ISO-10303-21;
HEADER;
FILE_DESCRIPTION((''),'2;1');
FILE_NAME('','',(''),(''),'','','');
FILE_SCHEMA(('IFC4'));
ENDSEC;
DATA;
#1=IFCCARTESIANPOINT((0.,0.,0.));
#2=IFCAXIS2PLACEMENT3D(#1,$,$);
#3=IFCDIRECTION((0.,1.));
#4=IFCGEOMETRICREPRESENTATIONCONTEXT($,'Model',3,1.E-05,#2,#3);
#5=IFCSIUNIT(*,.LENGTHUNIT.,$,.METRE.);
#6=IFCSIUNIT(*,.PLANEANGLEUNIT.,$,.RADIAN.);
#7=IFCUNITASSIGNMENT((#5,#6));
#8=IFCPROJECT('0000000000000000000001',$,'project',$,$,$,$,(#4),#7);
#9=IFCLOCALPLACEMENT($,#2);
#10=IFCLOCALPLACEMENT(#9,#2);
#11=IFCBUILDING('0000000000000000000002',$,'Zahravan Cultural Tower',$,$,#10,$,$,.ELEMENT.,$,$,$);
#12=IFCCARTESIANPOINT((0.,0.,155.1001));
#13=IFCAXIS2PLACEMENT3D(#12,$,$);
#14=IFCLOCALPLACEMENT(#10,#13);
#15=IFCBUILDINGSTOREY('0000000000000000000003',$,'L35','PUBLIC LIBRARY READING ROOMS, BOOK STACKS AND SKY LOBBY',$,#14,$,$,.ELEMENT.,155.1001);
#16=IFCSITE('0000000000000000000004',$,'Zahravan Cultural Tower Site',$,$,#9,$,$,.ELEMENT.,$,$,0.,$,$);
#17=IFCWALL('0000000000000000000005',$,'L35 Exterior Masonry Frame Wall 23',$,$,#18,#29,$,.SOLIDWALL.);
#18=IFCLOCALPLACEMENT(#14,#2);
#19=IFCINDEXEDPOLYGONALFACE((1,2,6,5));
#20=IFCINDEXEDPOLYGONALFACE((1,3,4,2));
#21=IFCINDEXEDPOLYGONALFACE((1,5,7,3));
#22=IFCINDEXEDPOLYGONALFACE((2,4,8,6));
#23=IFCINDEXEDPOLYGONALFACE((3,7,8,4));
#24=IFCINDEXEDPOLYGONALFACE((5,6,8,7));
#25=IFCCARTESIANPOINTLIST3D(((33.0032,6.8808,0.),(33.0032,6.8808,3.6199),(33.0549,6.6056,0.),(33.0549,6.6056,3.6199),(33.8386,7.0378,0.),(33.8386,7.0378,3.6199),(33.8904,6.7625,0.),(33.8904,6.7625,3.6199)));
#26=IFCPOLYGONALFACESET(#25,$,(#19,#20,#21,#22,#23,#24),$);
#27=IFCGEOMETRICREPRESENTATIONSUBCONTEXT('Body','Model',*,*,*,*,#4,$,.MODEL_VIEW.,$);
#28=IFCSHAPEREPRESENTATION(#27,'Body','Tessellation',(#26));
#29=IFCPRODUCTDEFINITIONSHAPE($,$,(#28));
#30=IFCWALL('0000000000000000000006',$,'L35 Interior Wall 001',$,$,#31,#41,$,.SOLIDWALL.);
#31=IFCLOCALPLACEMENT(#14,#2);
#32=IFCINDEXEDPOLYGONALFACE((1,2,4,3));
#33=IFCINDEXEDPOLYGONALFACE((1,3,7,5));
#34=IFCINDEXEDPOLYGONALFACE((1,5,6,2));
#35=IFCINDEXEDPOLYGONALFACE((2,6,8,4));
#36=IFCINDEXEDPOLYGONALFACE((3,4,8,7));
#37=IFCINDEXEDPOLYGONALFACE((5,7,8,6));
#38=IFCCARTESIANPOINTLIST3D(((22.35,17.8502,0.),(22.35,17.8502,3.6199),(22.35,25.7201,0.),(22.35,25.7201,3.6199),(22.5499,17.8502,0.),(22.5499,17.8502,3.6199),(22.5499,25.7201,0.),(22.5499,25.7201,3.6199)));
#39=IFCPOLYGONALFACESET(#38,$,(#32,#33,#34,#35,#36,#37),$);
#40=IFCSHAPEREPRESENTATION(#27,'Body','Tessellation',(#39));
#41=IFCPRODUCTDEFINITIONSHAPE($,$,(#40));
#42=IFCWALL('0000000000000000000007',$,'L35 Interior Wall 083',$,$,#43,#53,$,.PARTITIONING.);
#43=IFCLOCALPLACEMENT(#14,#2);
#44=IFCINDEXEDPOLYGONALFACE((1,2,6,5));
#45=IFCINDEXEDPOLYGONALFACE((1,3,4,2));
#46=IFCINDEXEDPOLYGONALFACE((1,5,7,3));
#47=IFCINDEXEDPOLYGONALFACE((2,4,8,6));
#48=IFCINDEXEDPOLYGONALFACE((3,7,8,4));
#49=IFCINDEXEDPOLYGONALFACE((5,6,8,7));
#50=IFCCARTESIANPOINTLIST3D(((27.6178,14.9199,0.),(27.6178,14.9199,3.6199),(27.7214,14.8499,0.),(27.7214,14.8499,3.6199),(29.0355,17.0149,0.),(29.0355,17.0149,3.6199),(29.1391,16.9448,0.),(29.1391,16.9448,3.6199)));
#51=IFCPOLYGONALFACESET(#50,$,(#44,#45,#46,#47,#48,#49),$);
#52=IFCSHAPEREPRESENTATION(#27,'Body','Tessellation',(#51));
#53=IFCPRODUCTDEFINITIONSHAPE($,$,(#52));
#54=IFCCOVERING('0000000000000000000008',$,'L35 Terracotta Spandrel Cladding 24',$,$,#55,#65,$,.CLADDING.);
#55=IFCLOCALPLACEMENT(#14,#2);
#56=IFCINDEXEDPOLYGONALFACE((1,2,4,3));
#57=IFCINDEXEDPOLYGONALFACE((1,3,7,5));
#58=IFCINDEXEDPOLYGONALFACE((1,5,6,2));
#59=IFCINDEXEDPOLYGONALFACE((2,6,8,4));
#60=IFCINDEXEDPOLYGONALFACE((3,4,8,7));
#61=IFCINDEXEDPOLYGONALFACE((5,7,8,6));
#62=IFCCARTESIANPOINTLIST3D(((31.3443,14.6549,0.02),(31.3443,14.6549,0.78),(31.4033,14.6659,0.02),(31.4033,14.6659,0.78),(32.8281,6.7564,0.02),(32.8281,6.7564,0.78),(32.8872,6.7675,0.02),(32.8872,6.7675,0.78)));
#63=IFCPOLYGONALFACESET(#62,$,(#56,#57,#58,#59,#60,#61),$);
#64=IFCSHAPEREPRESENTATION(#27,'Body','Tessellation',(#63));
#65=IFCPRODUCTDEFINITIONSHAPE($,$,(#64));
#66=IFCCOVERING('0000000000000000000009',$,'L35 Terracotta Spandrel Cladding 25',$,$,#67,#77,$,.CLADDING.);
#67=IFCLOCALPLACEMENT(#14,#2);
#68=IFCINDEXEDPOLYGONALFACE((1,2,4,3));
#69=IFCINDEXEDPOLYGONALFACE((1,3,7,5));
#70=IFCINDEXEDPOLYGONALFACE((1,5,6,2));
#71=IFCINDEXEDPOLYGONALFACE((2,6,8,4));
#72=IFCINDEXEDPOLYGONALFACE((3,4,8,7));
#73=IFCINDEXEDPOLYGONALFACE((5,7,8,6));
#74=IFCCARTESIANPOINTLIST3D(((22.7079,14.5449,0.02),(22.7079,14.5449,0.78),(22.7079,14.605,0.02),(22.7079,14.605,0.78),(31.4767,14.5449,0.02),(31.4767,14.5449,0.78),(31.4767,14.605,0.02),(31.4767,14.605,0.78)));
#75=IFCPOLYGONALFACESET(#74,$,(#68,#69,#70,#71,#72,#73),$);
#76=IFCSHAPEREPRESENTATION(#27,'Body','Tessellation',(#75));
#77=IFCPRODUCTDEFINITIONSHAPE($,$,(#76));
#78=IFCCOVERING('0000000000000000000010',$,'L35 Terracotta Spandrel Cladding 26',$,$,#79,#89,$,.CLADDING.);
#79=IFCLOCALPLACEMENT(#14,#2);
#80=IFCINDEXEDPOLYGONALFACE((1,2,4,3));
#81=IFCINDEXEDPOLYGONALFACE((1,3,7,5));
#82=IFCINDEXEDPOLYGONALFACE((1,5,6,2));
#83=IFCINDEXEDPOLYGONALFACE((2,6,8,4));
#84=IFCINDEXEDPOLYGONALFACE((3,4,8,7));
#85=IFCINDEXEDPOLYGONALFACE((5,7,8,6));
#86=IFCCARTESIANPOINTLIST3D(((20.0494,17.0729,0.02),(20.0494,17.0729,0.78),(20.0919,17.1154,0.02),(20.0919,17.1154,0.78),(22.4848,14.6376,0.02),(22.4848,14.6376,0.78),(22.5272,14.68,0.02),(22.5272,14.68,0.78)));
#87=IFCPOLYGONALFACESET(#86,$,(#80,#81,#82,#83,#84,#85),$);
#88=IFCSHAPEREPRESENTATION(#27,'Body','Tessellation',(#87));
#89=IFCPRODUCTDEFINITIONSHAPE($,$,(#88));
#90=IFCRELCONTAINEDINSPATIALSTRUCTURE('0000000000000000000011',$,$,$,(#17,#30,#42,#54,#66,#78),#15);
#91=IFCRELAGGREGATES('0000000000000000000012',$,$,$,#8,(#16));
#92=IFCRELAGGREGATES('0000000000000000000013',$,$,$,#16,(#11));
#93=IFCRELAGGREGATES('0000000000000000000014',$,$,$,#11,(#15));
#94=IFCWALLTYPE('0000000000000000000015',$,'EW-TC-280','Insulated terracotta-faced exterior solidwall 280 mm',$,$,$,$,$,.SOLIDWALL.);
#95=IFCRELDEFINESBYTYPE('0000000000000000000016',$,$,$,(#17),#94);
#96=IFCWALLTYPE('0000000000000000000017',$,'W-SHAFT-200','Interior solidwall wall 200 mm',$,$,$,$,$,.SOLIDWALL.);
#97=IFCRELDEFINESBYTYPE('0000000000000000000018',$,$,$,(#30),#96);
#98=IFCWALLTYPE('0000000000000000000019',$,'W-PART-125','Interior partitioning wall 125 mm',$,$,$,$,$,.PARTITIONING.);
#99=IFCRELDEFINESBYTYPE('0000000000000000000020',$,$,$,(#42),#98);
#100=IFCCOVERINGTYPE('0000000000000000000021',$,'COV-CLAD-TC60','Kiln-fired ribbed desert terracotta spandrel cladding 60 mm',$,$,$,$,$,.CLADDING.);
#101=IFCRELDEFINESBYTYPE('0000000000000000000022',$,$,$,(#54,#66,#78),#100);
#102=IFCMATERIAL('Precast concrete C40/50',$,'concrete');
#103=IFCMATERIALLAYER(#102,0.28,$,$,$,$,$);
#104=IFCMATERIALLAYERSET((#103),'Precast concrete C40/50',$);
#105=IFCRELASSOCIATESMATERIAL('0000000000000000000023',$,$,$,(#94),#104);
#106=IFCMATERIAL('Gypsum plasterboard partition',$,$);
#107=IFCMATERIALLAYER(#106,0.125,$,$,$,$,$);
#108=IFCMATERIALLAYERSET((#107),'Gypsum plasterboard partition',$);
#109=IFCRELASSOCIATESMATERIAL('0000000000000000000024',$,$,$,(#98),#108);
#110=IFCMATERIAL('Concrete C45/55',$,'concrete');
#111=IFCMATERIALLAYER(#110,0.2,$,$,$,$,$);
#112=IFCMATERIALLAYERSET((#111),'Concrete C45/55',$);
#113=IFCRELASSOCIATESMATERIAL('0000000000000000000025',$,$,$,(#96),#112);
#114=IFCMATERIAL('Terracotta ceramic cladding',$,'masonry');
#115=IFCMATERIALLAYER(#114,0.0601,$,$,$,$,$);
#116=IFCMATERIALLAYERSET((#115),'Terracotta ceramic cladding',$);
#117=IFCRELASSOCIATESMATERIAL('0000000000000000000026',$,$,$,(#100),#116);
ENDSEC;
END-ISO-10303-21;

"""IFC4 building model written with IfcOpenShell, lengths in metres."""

from ifc_helpers import new_model, si_unit, direction, frame, frame_2d, origin, origin_2d, place, context, subcontext, project, spatial, rectangle, extrude, source, transform, mapped, material, layer, layer_set, type_object, element, save


model = new_model("IFC4")

# Units and contexts
model_context = context("Model", 3, precision=1e-05, world=origin(), true_north=direction((0.0, 1.0)))
body_context = subcontext(model_context, "Body", "Model", "MODEL_VIEW")
ifc_project = project(units=[si_unit("LENGTHUNIT", "METRE"), si_unit("PLANEANGLEUNIT", "RADIAN")], contexts=[model_context])

# Site, building, storey
site_placement = place(None, origin())
site = spatial("IfcSite", under=ifc_project, at=site_placement, Name="Zahravan Cultural Tower Site", CompositionType="ELEMENT", RefElevation=0.0)
building_placement = place(site_placement, origin())
building = spatial("IfcBuilding", under=site, at=building_placement, Name="Zahravan Cultural Tower", CompositionType="ELEMENT")
storey_placement = place(building_placement, frame((0.0, 0.0, 155.1001)))
storey = spatial("IfcBuildingStorey", under=building, at=storey_placement, Name="L35", Description="PUBLIC LIBRARY READING ROOMS, BOOK STACKS AND SKY LOBBY", CompositionType="ELEMENT", Elevation=155.1001)

# Shared definitions
ifc_material_1 = material(Name="Precast concrete C40/50", Category="concrete")
ifc_layer_1 = layer(ifc_material_1, 0.28)
ifc_layer_set_1 = layer_set([ifc_layer_1], Name="Precast concrete C40/50")
wall_type_1 = type_object("IfcWallType", Name="EW-TC-280", Description="Insulated terracotta-faced exterior solidwall 280 mm", PredefinedType="SOLIDWALL", material=ifc_layer_set_1)

# Shared definitions
ifc_material_2 = material(Name="Gypsum plasterboard partition")
ifc_layer_2 = layer(ifc_material_2, 0.125)
ifc_layer_set_2 = layer_set([ifc_layer_2], Name="Gypsum plasterboard partition")
wall_type_2 = type_object("IfcWallType", Name="W-PART-125", Description="Interior partitioning wall 125 mm", PredefinedType="PARTITIONING", material=ifc_layer_set_2)
ifc_material_3 = material(Name="Concrete C45/55", Category="concrete")
ifc_layer_3 = layer(ifc_material_3, 0.2)
ifc_layer_set_3 = layer_set([ifc_layer_3], Name="Concrete C45/55")
wall_type_3 = type_object("IfcWallType", Name="W-SHAFT-200", Description="Interior solidwall wall 200 mm", PredefinedType="SOLIDWALL", material=ifc_layer_set_3)

# Walls
shared_shape_1 = source(origin(), body_context, "Body", "SweptSolid", [
    extrude(rectangle(XDim=0.8501, YDim=0.28, at=frame_2d((0.425, 0.0))), origin(), (0.0, 0.0, 1.0), 3.6199),
])
for number, where, z_axis, x_axis, name in (
    (1, (33.8645, 6.9001, 0.0), (0.0, 0.0, 1.0), (-0.982801, -0.18467, 0.0), "L35 Exterior Masonry Frame Wall 23"),
):
    element("IfcWall", number, at=place(storey_placement, frame(where, z_axis=z_axis, x_axis=x_axis)), inside=storey, type_object=wall_type_1, Name=name, PredefinedType="SOLIDWALL", context=body_context, shape_type="MappedRepresentation", body=[
        mapped(shared_shape_1, transform((0.0, 0.0, 0.0), x_axis=(1.0, 0.0, 0.0), y_axis=(0.0, 1.0, 0.0), z_axis=(0.0, 0.0, 1.0), scale=1.0)),
    ])
shared_shape_2 = source(origin(), body_context, "Body", "SweptSolid", [
    extrude(rectangle(XDim=7.8699, YDim=0.2, at=frame_2d((3.9351, 0.0))), origin(), (0.0, 0.0, 1.0), 3.6199),
])
wall_1_placement = place(storey_placement, frame((22.45, 17.8501, 0.0), z_axis=(0.0, 0.0, 1.0), x_axis=(0.0, 1.0, 0.0)))
element("IfcWall", 2, at=wall_1_placement, inside=storey, type_object=wall_type_3, Name="L35 Interior Wall 001", PredefinedType="SOLIDWALL", context=body_context, shape_type="MappedRepresentation", body=[
    mapped(shared_shape_2, transform((0.0, 0.0, 0.0), x_axis=(1.0, 0.0, 0.0), y_axis=(0.0, 1.0, 0.0), z_axis=(0.0, 0.0, 1.0), scale=1.0)),
])
shared_shape_3 = source(origin(), body_context, "Body", "SweptSolid", [
    extrude(rectangle(XDim=2.5295, YDim=0.125, at=frame_2d((1.2646, 0.0))), origin(), (0.0, 0.0, 1.0), 3.6199),
])
wall_2_placement = place(storey_placement, frame((27.6697, 14.885, 0.0), z_axis=(0.0, 0.0, 1.0), x_axis=(0.560455, 0.828185, 0.0)))
element("IfcWall", 3, at=wall_2_placement, inside=storey, type_object=wall_type_2, Name="L35 Interior Wall 083", PredefinedType="PARTITIONING", context=body_context, shape_type="MappedRepresentation", body=[
    mapped(shared_shape_3, transform((0.0, 0.0, 0.0), x_axis=(1.0, 0.0, 0.0), y_axis=(0.0, 1.0, 0.0), z_axis=(0.0, 0.0, 1.0), scale=1.0)),
])

# Coverings
ifc_material_4 = material(Name="Terracotta ceramic cladding", Category="masonry")
ifc_layer_4 = layer(ifc_material_4, 0.0601)
ifc_layer_set_4 = layer_set([ifc_layer_4], Name="Terracotta ceramic cladding")
covering_type = type_object("IfcCoveringType", Name="COV-CLAD-TC60", Description="Kiln-fired ribbed desert terracotta spandrel cladding 60 mm", PredefinedType="CLADDING", material=ifc_layer_set_4)
shared_shape_4 = source(origin(), body_context, "Body", "SweptSolid", [
    extrude(rectangle(XDim=8.0366, YDim=0.0601, at=origin_2d()), origin(), (0.0, 0.0, 1.0), 0.76),
])
covering_1_placement = place(storey_placement, frame((32.1157, 10.7112, 0.02), z_axis=(0.0, 0.0, 1.0), x_axis=(-0.184638, 0.982807, 0.0)))
element("IfcCovering", 4, at=covering_1_placement, inside=storey, type_object=covering_type, Name="L35 Terracotta Spandrel Cladding 24", PredefinedType="CLADDING", context=body_context, shape_type="MappedRepresentation", body=[
    mapped(shared_shape_4, transform((0.0, 0.0, 0.0), x_axis=(1.0, 0.0, 0.0), y_axis=(0.0, 1.0, 0.0), z_axis=(0.0, 0.0, 1.0), scale=1.0)),
])
shared_shape_5 = source(origin(), body_context, "Body", "SweptSolid", [
    extrude(rectangle(XDim=8.7688, YDim=0.0601, at=origin_2d()), origin(), (0.0, 0.0, 1.0), 0.76),
])
covering_2_placement = place(storey_placement, frame((27.0923, 14.575, 0.02), z_axis=(0.0, 0.0, 1.0), x_axis=(-1.0, 0.0, 0.0)))
element("IfcCovering", 5, at=covering_2_placement, inside=storey, type_object=covering_type, Name="L35 Terracotta Spandrel Cladding 25", PredefinedType="CLADDING", context=body_context, shape_type="MappedRepresentation", body=[
    mapped(shared_shape_5, transform((0.0, 0.0, 0.0), x_axis=(1.0, 0.0, 0.0), y_axis=(0.0, 1.0, 0.0), z_axis=(0.0, 0.0, 1.0), scale=1.0)),
])
shared_shape_6 = source(origin(), body_context, "Body", "SweptSolid", [
    extrude(rectangle(XDim=3.4441, YDim=0.0601, at=origin_2d()), origin(), (0.0, 0.0, 1.0), 0.76),
])
covering_3_placement = place(storey_placement, frame((21.2883, 15.8765, 0.02), z_axis=(0.0, 0.0, 1.0), x_axis=(-0.707107, 0.707107, 0.0)))
element("IfcCovering", 6, at=covering_3_placement, inside=storey, type_object=covering_type, Name="L35 Terracotta Spandrel Cladding 26", PredefinedType="CLADDING", context=body_context, shape_type="MappedRepresentation", body=[
    mapped(shared_shape_6, transform((0.0, 0.0, 0.0), x_axis=(1.0, 0.0, 0.0), y_axis=(0.0, 1.0, 0.0), z_axis=(0.0, 0.0, 1.0), scale=1.0)),
])

save(model, "model.ifc")
